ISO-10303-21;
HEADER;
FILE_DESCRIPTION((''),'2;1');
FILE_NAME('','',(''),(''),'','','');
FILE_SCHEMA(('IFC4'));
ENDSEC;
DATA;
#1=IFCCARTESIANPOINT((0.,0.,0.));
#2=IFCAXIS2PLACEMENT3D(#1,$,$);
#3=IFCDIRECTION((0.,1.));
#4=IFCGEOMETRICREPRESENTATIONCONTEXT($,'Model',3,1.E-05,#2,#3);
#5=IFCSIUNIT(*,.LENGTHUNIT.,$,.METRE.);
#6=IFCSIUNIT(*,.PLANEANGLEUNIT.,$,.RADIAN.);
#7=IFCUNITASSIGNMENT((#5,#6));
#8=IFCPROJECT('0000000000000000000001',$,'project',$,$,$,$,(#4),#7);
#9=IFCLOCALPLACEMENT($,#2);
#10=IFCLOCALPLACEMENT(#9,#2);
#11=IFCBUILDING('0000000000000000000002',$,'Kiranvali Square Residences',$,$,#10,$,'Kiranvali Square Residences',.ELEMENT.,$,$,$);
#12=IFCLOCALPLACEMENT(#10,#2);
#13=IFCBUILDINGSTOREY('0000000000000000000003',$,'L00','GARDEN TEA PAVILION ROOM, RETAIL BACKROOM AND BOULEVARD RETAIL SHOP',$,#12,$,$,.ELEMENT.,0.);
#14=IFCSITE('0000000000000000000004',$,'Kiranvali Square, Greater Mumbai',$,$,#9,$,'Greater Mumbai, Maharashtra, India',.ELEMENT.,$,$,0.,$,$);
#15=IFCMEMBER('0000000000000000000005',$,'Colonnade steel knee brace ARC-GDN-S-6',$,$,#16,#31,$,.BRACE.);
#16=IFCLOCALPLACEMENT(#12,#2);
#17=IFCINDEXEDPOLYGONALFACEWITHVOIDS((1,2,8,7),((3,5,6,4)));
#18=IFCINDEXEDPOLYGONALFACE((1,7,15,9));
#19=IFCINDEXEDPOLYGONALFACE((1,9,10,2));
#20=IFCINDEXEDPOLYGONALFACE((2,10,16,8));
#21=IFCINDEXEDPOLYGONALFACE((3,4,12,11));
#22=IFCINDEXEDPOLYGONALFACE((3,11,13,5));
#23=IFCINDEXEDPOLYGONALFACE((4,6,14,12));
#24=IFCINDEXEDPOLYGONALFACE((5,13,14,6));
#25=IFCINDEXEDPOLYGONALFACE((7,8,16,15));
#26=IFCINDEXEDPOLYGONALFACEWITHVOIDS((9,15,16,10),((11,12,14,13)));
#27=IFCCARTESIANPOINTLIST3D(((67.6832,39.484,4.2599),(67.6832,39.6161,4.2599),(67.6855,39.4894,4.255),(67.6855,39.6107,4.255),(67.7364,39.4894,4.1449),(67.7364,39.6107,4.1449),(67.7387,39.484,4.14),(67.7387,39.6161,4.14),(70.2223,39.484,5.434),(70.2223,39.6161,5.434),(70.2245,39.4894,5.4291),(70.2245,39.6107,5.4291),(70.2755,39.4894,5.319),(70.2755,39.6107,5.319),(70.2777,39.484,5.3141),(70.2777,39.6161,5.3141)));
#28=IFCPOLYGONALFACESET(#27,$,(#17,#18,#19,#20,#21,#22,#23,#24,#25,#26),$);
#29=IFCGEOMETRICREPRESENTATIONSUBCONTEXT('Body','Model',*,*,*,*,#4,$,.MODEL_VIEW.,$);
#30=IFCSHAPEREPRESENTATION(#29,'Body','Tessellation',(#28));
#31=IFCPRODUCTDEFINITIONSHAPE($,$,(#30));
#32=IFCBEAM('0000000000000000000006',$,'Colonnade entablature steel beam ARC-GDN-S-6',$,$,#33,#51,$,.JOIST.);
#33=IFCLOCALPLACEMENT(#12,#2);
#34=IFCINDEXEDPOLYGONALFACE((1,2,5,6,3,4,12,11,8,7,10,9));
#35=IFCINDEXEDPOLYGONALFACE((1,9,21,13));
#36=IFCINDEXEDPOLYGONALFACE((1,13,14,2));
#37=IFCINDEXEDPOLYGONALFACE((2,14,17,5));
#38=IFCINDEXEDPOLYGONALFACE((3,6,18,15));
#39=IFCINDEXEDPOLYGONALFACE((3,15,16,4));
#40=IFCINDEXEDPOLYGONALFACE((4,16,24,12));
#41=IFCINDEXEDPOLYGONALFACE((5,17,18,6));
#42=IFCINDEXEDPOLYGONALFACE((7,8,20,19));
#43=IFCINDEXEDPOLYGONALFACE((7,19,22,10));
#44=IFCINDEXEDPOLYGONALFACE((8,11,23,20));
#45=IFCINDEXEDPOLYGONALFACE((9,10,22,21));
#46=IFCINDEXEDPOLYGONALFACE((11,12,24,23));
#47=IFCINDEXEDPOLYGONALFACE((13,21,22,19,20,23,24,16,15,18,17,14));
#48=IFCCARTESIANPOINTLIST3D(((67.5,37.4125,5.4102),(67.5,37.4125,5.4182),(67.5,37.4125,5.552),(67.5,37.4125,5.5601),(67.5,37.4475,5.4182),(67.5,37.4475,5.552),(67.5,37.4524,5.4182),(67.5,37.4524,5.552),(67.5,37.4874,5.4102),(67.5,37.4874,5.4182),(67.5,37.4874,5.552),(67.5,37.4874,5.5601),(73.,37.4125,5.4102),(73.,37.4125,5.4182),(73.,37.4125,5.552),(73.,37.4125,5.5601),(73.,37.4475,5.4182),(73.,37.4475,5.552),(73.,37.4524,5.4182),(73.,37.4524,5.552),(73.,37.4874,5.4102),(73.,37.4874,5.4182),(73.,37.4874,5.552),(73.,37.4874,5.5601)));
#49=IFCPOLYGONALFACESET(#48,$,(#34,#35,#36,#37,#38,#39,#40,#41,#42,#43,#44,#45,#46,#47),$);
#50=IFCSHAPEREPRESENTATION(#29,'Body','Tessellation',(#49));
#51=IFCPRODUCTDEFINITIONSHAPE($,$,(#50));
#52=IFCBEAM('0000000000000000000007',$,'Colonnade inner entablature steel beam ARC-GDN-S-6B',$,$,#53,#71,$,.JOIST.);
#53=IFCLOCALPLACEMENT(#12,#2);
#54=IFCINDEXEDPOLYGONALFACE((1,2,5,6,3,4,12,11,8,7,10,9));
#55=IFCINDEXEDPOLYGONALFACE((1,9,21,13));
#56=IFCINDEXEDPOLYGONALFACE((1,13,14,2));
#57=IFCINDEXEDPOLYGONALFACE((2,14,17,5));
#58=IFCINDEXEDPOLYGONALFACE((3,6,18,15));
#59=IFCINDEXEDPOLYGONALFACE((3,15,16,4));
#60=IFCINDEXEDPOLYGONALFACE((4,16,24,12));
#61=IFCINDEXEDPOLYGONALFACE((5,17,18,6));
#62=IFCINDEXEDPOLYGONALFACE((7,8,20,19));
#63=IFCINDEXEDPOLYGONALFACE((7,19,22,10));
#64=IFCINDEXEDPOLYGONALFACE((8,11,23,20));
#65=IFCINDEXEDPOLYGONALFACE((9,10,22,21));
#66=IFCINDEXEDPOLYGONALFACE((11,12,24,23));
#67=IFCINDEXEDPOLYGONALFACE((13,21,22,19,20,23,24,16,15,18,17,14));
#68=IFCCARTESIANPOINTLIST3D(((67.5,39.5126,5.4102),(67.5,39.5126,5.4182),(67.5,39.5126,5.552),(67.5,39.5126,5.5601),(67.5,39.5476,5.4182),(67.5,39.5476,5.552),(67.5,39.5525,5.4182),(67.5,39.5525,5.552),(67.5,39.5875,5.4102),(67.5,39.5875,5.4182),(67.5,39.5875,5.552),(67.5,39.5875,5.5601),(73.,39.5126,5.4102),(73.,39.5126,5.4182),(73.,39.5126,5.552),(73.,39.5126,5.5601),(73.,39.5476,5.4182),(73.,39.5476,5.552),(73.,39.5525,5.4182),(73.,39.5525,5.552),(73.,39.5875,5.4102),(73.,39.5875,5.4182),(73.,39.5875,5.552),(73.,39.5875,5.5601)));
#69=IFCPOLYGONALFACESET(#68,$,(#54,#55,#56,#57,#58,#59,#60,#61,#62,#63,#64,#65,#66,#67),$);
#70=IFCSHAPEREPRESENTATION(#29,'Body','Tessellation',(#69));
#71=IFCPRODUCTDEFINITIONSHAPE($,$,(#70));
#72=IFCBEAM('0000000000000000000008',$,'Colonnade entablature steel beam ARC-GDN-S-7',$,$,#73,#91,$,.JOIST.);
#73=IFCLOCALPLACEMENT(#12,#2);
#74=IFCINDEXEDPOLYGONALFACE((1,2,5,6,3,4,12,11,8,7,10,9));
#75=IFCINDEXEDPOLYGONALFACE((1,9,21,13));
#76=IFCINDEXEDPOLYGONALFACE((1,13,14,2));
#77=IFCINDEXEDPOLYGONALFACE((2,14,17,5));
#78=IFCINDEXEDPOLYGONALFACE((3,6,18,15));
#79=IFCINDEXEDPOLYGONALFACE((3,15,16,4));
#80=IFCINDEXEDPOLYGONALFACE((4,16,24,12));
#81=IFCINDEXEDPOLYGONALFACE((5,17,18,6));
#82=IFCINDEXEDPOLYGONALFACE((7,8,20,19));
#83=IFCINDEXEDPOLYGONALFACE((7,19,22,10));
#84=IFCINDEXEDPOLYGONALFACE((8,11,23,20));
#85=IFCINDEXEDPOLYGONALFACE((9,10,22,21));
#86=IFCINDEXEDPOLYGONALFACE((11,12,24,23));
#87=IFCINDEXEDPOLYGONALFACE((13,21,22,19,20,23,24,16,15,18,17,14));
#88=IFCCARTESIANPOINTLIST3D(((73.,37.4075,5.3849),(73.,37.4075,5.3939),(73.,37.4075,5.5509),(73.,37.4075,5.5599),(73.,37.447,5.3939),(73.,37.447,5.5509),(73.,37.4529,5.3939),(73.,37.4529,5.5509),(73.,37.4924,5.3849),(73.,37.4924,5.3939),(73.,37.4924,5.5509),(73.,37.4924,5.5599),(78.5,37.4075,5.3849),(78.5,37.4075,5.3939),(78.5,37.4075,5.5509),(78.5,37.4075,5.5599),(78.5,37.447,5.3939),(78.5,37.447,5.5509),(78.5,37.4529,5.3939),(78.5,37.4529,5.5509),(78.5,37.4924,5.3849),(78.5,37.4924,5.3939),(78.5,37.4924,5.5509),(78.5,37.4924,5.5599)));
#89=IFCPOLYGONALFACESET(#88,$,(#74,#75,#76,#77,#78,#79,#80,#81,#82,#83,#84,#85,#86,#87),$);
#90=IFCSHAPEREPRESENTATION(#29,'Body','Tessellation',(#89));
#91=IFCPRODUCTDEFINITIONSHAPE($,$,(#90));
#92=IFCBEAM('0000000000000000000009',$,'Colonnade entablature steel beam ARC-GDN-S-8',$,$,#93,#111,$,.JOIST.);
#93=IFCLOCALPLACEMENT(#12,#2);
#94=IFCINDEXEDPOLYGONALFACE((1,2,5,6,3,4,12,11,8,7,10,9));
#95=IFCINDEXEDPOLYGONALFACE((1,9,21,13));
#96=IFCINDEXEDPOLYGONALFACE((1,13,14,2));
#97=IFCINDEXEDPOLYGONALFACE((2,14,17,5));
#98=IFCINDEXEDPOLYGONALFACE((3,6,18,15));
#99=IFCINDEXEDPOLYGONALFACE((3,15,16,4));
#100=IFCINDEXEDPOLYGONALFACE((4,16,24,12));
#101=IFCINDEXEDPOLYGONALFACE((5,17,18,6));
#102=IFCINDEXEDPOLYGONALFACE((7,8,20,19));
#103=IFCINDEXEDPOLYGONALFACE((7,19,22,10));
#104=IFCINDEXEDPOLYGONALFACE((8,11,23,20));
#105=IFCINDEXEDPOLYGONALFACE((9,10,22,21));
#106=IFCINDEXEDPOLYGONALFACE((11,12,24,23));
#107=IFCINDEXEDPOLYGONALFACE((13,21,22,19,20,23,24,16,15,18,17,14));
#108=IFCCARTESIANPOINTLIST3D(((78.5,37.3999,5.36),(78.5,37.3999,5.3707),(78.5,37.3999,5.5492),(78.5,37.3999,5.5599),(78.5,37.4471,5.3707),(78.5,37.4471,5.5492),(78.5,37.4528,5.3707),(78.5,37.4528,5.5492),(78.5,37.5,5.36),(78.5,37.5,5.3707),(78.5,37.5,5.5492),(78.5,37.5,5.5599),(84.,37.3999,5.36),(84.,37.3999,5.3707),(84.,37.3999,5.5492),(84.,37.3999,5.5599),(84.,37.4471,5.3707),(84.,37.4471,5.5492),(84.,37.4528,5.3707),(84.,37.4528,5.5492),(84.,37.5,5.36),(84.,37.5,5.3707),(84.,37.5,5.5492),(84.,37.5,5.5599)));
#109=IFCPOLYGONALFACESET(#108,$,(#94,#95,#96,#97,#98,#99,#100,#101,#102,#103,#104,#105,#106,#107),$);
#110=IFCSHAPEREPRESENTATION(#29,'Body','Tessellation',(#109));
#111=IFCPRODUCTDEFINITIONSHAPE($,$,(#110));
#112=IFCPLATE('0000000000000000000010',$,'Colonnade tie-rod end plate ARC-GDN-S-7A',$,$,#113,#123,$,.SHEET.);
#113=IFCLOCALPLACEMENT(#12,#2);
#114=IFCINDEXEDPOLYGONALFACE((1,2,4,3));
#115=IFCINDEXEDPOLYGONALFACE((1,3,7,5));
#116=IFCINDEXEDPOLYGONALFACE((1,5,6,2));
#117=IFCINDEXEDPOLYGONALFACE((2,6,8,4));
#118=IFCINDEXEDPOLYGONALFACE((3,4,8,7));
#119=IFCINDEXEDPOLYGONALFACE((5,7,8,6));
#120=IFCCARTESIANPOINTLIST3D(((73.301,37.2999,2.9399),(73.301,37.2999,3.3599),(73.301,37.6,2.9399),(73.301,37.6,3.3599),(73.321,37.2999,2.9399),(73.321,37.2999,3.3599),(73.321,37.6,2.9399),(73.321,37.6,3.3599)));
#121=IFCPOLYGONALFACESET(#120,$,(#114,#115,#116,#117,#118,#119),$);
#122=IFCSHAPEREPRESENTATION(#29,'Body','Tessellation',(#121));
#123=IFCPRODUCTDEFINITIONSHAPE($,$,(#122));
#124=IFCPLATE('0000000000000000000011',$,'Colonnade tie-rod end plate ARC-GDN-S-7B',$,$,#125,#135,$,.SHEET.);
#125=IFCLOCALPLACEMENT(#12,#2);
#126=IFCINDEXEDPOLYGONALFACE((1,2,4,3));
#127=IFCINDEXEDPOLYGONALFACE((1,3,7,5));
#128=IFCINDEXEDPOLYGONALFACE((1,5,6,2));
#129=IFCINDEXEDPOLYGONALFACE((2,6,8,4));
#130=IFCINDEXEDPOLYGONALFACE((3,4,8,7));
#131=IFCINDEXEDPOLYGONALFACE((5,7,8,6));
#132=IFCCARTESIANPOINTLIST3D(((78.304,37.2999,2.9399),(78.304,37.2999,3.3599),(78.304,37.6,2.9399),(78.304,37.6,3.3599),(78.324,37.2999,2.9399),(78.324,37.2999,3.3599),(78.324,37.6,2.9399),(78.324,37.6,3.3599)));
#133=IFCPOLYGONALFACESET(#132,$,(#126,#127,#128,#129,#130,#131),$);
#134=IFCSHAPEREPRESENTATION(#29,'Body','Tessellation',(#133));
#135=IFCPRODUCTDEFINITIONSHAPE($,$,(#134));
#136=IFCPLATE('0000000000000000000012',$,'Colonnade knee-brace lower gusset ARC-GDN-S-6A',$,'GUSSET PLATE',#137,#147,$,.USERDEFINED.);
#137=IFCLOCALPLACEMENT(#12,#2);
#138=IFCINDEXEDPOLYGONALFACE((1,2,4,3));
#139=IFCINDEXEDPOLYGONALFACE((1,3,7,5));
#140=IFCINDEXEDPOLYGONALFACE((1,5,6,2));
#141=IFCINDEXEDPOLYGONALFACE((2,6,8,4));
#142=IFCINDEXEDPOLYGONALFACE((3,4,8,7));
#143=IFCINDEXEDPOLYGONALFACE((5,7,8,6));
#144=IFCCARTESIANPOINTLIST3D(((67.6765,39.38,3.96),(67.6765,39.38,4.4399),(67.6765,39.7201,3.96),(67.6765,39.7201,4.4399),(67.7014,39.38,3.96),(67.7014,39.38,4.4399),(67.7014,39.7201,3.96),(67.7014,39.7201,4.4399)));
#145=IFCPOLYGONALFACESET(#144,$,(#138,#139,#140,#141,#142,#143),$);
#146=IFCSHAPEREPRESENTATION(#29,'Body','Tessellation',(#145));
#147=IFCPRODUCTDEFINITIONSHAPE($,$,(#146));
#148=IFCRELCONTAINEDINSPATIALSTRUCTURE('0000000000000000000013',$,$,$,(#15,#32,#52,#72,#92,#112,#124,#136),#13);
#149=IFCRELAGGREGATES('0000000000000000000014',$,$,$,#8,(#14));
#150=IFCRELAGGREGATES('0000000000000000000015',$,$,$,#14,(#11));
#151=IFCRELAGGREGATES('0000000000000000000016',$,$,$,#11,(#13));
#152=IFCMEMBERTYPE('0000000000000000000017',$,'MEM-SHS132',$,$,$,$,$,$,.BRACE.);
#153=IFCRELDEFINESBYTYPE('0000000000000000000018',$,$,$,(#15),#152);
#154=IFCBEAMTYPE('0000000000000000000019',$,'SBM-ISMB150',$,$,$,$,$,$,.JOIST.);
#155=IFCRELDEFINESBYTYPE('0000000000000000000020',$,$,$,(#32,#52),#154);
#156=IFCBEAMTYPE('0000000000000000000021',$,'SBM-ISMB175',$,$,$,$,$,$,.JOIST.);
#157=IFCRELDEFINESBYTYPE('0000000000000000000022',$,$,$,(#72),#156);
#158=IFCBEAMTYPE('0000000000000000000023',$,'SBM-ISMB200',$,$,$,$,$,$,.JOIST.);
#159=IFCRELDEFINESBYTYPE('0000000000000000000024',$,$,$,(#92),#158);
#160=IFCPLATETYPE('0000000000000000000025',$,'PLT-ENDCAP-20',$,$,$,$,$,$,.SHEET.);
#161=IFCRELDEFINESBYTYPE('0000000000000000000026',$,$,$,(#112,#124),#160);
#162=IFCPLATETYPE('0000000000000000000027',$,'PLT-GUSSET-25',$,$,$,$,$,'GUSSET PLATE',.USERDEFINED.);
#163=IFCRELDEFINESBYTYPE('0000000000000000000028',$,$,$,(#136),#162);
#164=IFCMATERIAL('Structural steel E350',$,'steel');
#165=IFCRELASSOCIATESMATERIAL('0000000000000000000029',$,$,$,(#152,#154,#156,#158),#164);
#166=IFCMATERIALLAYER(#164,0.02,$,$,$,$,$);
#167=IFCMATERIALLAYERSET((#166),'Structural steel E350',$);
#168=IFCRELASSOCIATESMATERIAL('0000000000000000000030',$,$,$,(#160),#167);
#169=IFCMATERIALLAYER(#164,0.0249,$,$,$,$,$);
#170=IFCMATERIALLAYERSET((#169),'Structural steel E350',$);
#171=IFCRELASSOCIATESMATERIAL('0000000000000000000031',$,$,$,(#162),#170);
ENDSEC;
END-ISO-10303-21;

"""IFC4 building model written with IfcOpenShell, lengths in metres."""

from ifc_helpers import new_model, si_unit, direction, frame, origin, origin_2d, place, context, subcontext, project, spatial, rectangle, hollow_rectangle, i_section, extrude, material, layer, layer_set, material_profile, profile_set, type_object, element, save


model = new_model("IFC4")

# Units and contexts
model_context = context("Model", 3, precision=1e-05, world=origin(), true_north=direction((0.0, 1.0)))
body_context = subcontext(model_context, "Body", "Model", "MODEL_VIEW")
ifc_project = project(units=[si_unit("LENGTHUNIT", "METRE"), si_unit("PLANEANGLEUNIT", "RADIAN")], contexts=[model_context])

# Site, building, storey
site_placement = place(None, origin())
site = spatial("IfcSite", under=ifc_project, at=site_placement, Name="Kiranvali Square, Greater Mumbai", LongName="Greater Mumbai, Maharashtra, India", CompositionType="ELEMENT", RefElevation=0.0)
building_placement = place(site_placement, origin())
building = spatial("IfcBuilding", under=site, at=building_placement, Name="Kiranvali Square Residences", LongName="Kiranvali Square Residences", CompositionType="ELEMENT")
storey_placement = place(building_placement, origin())
storey = spatial("IfcBuildingStorey", under=building, at=storey_placement, Name="L00", Description="GARDEN TEA PAVILION ROOM, RETAIL BACKROOM AND BOULEVARD RETAIL SHOP", CompositionType="ELEMENT", Elevation=0.0)

# Member
ifc_material_1 = material(Name="Structural steel E350", Category="steel")
ifc_material_profile_1 = material_profile(ifc_material_1, hollow_rectangle(XDim=0.1321, YDim=0.1321, WallThickness=0.0054, at=origin_2d()), Name="SHS 132x132x5.4")
ifc_profile_set_1 = profile_set([ifc_material_profile_1], Name="Structural steel E350")
member_type_1 = type_object("IfcMemberType", Name="MEM-SHS132", PredefinedType="BRACE", material=ifc_profile_set_1)
member_1_placement = place(storey_placement, frame((67.7109, 39.55, 4.2), z_axis=(0.90766, 0.0, 0.419706), x_axis=(0.0, 1.0, 0.0)))
element("IfcMember", 1, at=member_1_placement, inside=storey, type_object=member_type_1, Name="Colonnade steel knee brace ARC-GDN-S-6", PredefinedType="BRACE", context=body_context, shape_type="SweptSolid", body=[
    extrude(hollow_rectangle(XDim=0.1321, YDim=0.1321, WallThickness=0.0054, at=origin_2d()), origin(), (0.0, 0.0, 1.0), 2.7974),
])

# Beams
ifc_material_profile_2 = material_profile(ifc_material_1, i_section(OverallWidth=0.075, OverallDepth=0.1499, WebThickness=0.0049, FlangeThickness=0.0081, at=origin_2d()), Name="ISMB 150")
ifc_profile_set_2 = profile_set([ifc_material_profile_2], Name="Structural steel E350")
beam_type_1 = type_object("IfcBeamType", Name="SBM-ISMB150", PredefinedType="JOIST", material=ifc_profile_set_2)
for number, where, z_axis, x_axis, name in (
    (2, (67.5, 37.45, 5.4851), (1.0, 0.0, 0.0), (0.0, 1.0, 0.0), "Colonnade entablature steel beam ARC-GDN-S-6"),
    (3, (67.5, 39.55, 5.4851), (1.0, 0.0, 0.0), (0.0, 1.0, 0.0), "Colonnade inner entablature steel beam ARC-GDN-S-6B"),
):
    element("IfcBeam", number, at=place(storey_placement, frame(where, z_axis=z_axis, x_axis=x_axis)), inside=storey, type_object=beam_type_1, Name=name, PredefinedType="JOIST", context=body_context, shape_type="SweptSolid", body=[
        extrude(i_section(OverallWidth=0.075, OverallDepth=0.1499, WebThickness=0.0049, FlangeThickness=0.0081, at=origin_2d()), origin(), (0.0, 0.0, 1.0), 5.5),
    ])
ifc_material_profile_3 = material_profile(ifc_material_1, i_section(OverallWidth=0.085, OverallDepth=0.175, WebThickness=0.0059, FlangeThickness=0.009, at=origin_2d()), Name="ISMB 175")
ifc_profile_set_3 = profile_set([ifc_material_profile_3], Name="Structural steel E350")
beam_type_2 = type_object("IfcBeamType", Name="SBM-ISMB175", PredefinedType="JOIST", material=ifc_profile_set_3)
beam_1_placement = place(storey_placement, frame((73.0, 37.45, 5.4724), z_axis=(1.0, 0.0, 0.0), x_axis=(0.0, 1.0, 0.0)))
element("IfcBeam", 4, at=beam_1_placement, inside=storey, type_object=beam_type_2, Name="Colonnade entablature steel beam ARC-GDN-S-7", PredefinedType="JOIST", context=body_context, shape_type="SweptSolid", body=[
    extrude(i_section(OverallWidth=0.085, OverallDepth=0.175, WebThickness=0.0059, FlangeThickness=0.009, at=origin_2d()), origin(), (0.0, 0.0, 1.0), 5.5),
])
ifc_material_profile_4 = material_profile(ifc_material_1, i_section(OverallWidth=0.1001, OverallDepth=0.2, WebThickness=0.0056, FlangeThickness=0.0107, at=origin_2d()), Name="ISMB 200")
ifc_profile_set_4 = profile_set([ifc_material_profile_4], Name="Structural steel E350")
beam_type_3 = type_object("IfcBeamType", Name="SBM-ISMB200", PredefinedType="JOIST", material=ifc_profile_set_4)
beam_2_placement = place(storey_placement, frame((78.5, 37.45, 5.46), z_axis=(1.0, 0.0, 0.0), x_axis=(0.0, 1.0, 0.0)))
element("IfcBeam", 5, at=beam_2_placement, inside=storey, type_object=beam_type_3, Name="Colonnade entablature steel beam ARC-GDN-S-8", PredefinedType="JOIST", context=body_context, shape_type="SweptSolid", body=[
    extrude(i_section(OverallWidth=0.1001, OverallDepth=0.2, WebThickness=0.0056, FlangeThickness=0.0107, at=origin_2d()), origin(), (0.0, 0.0, 1.0), 5.5),
])

# Plates
ifc_layer_1 = layer(ifc_material_1, 0.02)
ifc_layer_set_1 = layer_set([ifc_layer_1], Name="Structural steel E350")
plate_type_1 = type_object("IfcPlateType", Name="PLT-ENDCAP-20", PredefinedType="SHEET", material=ifc_layer_set_1)
for number, where, z_axis, x_axis, name in (
    (6, (73.311, 37.45, 2.9399), (0.0, 0.0, 1.0), (1.0, 0.0, 0.0), "Colonnade tie-rod end plate ARC-GDN-S-7A"),
    (7, (78.314, 37.45, 2.9399), (0.0, 0.0, 1.0), (1.0, 0.0, 0.0), "Colonnade tie-rod end plate ARC-GDN-S-7B"),
):
    element("IfcPlate", number, at=place(storey_placement, frame(where, z_axis=z_axis, x_axis=x_axis)), inside=storey, type_object=plate_type_1, Name=name, PredefinedType="SHEET", context=body_context, shape_type="SweptSolid", body=[
        extrude(rectangle(XDim=0.02, YDim=0.3, at=origin_2d()), origin(), (0.0, 0.0, 1.0), 0.4199),
    ])
ifc_layer_2 = layer(ifc_material_1, 0.0249)
ifc_layer_set_2 = layer_set([ifc_layer_2], Name="Structural steel E350")
plate_type_2 = type_object("IfcPlateType", Name="PLT-GUSSET-25", ElementType="GUSSET PLATE", PredefinedType="USERDEFINED", material=ifc_layer_set_2)
plate_placement = place(storey_placement, frame((67.689, 39.55, 3.96), z_axis=(0.0, 0.0, 1.0), x_axis=(1.0, 0.0, 0.0)))
element("IfcPlate", 8, at=plate_placement, inside=storey, type_object=plate_type_2, Name="Colonnade knee-brace lower gusset ARC-GDN-S-6A", ObjectType="GUSSET PLATE", PredefinedType="USERDEFINED", context=body_context, shape_type="SweptSolid", body=[
    extrude(rectangle(XDim=0.0249, YDim=0.3401, at=origin_2d()), origin(), (0.0, 0.0, 1.0), 0.48),
])

save(model, "model.ifc")
